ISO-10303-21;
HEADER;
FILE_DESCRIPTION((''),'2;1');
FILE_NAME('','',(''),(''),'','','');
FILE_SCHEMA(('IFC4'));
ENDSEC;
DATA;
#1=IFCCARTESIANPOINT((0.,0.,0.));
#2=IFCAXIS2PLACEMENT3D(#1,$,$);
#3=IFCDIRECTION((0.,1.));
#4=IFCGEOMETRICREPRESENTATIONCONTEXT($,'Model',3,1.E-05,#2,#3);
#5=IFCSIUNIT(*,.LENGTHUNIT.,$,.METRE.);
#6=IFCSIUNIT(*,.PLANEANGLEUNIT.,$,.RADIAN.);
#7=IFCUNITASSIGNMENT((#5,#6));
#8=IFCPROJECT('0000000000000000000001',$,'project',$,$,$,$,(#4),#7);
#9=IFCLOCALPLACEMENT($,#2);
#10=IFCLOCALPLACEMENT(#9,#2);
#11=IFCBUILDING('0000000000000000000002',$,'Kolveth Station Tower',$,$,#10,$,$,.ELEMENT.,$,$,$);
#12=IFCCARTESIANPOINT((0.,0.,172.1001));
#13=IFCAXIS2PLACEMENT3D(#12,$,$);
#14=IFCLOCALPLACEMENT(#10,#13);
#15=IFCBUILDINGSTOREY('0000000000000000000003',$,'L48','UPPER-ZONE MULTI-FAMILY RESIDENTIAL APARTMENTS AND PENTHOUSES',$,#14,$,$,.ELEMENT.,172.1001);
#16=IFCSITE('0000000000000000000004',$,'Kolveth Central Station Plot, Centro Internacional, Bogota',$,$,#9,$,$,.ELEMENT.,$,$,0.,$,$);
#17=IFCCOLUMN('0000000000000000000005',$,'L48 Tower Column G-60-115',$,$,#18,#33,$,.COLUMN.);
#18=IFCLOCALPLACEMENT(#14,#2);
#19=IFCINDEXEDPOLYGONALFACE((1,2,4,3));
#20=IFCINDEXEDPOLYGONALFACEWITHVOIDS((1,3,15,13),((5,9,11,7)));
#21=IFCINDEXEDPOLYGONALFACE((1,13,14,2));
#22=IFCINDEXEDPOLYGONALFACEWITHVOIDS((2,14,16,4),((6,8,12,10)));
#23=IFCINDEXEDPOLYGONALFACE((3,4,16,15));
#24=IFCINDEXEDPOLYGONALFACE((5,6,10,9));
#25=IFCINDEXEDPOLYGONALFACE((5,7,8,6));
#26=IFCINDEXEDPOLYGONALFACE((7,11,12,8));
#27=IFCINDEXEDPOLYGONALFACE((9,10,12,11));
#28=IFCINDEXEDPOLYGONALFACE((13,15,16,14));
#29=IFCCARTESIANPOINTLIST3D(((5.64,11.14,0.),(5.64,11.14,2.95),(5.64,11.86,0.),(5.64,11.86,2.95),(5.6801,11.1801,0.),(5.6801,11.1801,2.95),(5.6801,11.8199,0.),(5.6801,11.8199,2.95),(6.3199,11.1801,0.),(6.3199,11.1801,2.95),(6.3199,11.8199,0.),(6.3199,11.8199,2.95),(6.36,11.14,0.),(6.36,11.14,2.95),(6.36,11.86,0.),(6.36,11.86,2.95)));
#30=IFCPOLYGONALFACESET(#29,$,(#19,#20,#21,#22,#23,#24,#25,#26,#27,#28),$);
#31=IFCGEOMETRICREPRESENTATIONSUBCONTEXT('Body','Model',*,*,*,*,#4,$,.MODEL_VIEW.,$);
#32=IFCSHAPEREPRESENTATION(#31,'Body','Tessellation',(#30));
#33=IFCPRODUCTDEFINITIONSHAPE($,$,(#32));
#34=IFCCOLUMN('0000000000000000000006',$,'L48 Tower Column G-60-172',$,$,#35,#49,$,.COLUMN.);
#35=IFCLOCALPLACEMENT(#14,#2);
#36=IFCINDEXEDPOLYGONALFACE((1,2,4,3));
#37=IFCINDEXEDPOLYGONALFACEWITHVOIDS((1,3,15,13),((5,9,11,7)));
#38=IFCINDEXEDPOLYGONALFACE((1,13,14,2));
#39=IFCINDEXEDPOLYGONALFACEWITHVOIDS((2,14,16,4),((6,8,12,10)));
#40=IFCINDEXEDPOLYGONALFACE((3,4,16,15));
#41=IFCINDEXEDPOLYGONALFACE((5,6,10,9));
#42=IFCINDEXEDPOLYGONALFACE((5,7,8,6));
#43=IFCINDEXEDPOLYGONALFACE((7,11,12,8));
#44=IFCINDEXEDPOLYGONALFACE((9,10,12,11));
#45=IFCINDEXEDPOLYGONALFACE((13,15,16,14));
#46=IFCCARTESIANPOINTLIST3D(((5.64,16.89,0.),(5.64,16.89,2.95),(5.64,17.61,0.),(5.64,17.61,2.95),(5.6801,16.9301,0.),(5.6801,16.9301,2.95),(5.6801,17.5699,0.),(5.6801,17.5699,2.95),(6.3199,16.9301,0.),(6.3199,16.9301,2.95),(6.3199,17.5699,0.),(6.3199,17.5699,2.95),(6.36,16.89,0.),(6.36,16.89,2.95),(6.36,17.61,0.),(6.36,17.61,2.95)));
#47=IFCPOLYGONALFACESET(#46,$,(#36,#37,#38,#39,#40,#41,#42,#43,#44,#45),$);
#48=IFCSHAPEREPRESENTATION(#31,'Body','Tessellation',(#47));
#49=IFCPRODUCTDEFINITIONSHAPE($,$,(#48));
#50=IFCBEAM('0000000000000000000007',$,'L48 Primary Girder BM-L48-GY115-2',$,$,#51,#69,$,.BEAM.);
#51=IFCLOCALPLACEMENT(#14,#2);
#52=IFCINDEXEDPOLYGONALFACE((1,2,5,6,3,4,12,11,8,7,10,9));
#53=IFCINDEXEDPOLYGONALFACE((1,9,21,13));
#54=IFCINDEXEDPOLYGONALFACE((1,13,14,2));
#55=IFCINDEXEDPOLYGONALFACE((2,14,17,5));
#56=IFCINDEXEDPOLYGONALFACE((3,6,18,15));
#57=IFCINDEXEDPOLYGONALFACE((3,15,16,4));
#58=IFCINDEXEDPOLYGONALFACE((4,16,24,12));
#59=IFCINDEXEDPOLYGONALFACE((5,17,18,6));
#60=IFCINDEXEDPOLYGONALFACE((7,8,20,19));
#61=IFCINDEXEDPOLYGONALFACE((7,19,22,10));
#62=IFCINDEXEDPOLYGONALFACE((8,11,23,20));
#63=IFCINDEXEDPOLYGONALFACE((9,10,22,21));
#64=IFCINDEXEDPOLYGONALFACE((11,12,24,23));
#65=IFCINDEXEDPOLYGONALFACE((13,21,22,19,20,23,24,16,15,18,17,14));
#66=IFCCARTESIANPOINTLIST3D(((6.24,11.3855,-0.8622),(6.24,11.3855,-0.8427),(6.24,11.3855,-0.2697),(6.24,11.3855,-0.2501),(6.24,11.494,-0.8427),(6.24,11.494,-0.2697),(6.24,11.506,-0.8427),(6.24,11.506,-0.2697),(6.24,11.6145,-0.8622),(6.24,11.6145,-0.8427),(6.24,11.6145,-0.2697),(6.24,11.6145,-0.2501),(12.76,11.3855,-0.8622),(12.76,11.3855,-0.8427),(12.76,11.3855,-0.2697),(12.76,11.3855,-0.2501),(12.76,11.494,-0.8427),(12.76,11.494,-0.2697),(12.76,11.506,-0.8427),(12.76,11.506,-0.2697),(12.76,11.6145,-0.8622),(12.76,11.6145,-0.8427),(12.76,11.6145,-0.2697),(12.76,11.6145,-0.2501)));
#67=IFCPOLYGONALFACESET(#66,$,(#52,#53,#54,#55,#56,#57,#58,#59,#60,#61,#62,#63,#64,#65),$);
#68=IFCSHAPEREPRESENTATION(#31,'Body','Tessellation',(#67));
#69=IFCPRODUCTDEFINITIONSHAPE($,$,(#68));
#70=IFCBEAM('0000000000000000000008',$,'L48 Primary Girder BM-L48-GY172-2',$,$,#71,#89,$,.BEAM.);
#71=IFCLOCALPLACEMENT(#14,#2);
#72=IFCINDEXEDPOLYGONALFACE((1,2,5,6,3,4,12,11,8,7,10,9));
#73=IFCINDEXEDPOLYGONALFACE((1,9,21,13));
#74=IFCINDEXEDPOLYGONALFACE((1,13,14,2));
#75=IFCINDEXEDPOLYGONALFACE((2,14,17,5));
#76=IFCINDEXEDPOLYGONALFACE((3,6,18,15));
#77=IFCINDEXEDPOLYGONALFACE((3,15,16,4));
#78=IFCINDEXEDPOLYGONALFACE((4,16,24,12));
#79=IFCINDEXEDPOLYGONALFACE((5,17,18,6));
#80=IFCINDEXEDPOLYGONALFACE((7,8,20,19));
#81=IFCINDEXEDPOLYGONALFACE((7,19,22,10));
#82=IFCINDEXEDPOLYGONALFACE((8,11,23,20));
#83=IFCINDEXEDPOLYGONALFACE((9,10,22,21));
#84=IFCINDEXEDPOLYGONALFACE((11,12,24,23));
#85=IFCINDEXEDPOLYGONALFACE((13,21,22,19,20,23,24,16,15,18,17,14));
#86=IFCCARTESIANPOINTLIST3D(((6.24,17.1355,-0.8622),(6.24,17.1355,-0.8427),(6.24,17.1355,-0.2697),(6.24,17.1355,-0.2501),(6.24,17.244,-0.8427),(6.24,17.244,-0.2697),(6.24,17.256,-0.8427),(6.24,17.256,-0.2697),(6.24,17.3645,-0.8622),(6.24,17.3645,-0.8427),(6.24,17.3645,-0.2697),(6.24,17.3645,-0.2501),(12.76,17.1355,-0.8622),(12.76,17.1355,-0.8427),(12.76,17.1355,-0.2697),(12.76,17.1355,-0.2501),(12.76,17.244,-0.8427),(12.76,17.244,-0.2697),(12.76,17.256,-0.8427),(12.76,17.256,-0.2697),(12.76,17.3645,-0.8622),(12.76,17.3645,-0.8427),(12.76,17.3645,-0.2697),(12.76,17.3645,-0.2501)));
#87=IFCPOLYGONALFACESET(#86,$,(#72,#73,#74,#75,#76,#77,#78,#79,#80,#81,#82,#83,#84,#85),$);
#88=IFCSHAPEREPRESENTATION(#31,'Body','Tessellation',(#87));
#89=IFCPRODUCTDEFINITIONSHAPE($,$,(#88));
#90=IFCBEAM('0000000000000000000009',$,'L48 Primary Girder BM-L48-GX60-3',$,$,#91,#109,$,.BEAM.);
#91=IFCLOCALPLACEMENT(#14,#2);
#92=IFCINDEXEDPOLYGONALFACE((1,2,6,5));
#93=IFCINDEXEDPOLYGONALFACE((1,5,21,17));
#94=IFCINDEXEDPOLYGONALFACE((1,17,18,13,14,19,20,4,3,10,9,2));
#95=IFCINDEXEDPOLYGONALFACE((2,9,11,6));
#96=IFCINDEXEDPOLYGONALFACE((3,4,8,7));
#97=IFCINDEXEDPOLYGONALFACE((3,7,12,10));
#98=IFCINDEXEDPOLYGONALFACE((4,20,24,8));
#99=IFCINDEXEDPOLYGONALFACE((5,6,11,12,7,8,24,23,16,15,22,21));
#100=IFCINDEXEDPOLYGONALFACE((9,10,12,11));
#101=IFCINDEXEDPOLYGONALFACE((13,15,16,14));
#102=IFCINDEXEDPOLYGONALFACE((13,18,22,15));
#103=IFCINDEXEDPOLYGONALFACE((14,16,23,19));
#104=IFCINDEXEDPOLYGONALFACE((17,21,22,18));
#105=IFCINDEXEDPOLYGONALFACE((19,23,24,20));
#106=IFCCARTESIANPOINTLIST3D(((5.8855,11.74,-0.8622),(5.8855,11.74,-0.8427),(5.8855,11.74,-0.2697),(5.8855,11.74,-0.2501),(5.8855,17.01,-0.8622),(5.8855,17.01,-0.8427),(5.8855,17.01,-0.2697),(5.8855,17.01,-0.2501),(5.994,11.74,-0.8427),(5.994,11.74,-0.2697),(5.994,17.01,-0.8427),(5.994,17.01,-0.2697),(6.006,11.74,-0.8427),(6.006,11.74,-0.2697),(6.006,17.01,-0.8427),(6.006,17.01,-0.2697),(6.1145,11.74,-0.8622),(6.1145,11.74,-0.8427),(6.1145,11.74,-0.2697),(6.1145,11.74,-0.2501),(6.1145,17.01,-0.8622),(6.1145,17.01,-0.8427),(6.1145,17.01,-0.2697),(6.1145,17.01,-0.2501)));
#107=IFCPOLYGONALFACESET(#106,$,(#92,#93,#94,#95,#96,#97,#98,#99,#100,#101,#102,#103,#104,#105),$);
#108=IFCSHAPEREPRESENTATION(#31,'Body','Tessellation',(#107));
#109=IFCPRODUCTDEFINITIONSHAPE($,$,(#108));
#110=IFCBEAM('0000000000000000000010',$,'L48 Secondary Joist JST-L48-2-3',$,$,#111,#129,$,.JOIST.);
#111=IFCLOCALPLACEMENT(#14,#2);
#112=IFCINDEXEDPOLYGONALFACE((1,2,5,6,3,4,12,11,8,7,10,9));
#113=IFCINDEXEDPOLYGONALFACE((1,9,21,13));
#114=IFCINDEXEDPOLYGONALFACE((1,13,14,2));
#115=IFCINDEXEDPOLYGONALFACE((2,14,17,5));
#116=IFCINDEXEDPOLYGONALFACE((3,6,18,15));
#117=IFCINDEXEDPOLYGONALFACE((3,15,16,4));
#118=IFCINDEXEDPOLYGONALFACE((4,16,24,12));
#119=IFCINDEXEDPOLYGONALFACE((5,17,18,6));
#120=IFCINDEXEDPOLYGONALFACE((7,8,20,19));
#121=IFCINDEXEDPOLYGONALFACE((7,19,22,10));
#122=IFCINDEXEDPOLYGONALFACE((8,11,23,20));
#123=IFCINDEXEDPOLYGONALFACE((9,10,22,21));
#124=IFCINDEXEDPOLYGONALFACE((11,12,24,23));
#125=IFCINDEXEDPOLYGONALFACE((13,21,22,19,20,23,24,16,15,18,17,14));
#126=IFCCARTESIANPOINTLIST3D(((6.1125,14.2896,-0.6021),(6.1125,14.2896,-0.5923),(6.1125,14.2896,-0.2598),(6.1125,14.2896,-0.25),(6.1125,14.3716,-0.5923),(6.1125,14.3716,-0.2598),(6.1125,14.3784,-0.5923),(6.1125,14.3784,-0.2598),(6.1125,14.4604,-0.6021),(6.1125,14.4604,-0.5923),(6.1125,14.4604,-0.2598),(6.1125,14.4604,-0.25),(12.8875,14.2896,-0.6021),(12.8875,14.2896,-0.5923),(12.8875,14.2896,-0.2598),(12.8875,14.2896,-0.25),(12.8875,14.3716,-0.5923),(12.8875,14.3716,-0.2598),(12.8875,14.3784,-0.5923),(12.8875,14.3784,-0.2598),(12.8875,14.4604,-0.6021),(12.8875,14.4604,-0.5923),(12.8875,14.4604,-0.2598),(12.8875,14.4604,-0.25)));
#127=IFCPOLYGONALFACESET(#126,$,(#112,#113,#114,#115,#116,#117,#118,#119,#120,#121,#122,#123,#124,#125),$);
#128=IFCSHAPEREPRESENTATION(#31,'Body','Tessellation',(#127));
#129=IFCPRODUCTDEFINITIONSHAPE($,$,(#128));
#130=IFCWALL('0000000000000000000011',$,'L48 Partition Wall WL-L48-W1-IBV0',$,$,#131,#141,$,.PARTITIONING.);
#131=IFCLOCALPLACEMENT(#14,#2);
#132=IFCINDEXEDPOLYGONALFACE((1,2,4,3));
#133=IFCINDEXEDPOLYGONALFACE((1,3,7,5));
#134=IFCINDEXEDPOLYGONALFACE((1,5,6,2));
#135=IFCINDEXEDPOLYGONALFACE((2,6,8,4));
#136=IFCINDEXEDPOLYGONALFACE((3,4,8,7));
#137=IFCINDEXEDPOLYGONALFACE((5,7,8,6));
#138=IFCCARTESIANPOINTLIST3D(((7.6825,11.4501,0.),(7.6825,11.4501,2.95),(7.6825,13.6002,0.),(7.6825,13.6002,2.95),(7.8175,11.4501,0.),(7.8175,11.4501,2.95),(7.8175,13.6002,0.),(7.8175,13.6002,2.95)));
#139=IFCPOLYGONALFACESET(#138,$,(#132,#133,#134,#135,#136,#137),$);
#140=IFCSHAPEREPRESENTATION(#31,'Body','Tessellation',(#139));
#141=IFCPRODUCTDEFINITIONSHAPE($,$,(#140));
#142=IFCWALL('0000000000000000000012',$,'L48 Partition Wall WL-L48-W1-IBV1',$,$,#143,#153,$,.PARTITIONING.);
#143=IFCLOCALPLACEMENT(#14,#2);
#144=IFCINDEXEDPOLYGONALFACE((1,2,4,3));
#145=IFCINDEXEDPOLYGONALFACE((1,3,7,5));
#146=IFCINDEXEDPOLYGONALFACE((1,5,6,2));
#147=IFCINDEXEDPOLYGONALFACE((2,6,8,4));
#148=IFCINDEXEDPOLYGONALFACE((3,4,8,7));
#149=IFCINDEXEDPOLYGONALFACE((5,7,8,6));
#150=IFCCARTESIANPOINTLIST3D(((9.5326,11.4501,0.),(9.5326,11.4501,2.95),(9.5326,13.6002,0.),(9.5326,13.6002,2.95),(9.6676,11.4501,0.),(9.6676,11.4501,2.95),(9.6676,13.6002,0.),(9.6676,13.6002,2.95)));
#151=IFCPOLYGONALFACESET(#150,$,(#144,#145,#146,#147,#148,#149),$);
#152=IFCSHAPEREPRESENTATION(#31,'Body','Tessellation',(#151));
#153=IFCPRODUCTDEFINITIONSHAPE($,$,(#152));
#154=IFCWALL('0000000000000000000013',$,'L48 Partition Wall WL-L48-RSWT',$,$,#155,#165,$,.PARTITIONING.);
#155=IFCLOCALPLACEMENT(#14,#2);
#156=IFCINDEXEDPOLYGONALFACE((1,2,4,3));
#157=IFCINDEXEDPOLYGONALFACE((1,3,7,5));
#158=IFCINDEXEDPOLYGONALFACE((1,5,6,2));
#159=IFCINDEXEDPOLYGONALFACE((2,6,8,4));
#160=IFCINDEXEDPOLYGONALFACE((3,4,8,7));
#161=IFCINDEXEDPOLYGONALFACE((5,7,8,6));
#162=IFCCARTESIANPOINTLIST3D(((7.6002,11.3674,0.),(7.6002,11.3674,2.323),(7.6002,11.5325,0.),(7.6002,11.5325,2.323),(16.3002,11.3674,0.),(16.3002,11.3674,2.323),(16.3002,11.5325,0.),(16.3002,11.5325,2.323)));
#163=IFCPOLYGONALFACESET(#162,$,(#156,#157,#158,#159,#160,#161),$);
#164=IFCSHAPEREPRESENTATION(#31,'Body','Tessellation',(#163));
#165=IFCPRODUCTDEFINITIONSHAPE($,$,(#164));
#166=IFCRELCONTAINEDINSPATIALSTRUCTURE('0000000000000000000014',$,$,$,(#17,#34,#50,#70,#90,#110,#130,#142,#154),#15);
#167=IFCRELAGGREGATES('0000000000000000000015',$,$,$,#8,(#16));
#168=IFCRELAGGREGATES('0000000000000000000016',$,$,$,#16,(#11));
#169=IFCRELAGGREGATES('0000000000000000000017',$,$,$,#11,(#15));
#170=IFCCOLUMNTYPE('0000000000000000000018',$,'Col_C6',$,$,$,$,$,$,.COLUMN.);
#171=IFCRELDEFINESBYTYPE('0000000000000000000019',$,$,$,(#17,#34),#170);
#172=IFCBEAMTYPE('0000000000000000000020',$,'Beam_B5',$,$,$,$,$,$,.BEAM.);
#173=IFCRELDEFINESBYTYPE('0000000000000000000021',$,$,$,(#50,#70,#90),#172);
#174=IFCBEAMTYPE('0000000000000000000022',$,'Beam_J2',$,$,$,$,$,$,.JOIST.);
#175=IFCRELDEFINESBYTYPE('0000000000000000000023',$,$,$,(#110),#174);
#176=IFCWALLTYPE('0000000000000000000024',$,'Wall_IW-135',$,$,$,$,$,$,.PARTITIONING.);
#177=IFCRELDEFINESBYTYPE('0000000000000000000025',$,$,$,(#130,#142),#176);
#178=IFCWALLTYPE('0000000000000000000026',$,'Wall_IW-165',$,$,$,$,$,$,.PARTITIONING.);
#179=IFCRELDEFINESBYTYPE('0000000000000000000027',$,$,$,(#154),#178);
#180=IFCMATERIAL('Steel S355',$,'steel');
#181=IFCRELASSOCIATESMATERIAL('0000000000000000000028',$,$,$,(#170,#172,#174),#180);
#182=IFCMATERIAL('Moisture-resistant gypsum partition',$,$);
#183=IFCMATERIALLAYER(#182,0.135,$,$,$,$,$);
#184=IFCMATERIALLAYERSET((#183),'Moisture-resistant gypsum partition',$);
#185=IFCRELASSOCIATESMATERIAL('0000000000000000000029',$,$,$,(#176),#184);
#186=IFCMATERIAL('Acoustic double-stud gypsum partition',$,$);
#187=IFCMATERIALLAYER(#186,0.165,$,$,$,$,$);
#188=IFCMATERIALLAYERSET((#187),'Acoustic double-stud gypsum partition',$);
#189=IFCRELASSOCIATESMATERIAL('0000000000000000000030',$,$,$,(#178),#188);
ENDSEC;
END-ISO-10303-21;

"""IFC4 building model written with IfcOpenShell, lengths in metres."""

from ifc_helpers import new_model, si_unit, direction, frame, frame_2d, origin, origin_2d, place, context, subcontext, project, spatial, rectangle, hollow_rectangle, i_section, extrude, source, transform, mapped, material, layer, layer_set, material_profile, profile_set, type_object, element, save


model = new_model("IFC4")

# Units and contexts
model_context = context("Model", 3, precision=1e-05, world=origin(), true_north=direction((0.0, 1.0)))
body_context = subcontext(model_context, "Body", "Model", "MODEL_VIEW")
ifc_project = project(units=[si_unit("LENGTHUNIT", "METRE"), si_unit("PLANEANGLEUNIT", "RADIAN")], contexts=[model_context])

# Site, building, storey
site_placement = place(None, origin())
site = spatial("IfcSite", under=ifc_project, at=site_placement, Name="Kolveth Central Station Plot, Centro Internacional, Bogota", CompositionType="ELEMENT", RefElevation=0.0)
building_placement = place(site_placement, origin())
building = spatial("IfcBuilding", under=site, at=building_placement, Name="Kolveth Station Tower", CompositionType="ELEMENT")
storey_placement = place(building_placement, frame((0.0, 0.0, 172.1001)))
storey = spatial("IfcBuildingStorey", under=building, at=storey_placement, Name="L48", Description="UPPER-ZONE MULTI-FAMILY RESIDENTIAL APARTMENTS AND PENTHOUSES", CompositionType="ELEMENT", Elevation=172.1001)

# Columns
ifc_material_1 = material(Name="Steel S355", Category="steel")
ifc_material_profile_1 = material_profile(ifc_material_1, hollow_rectangle(XDim=0.72, YDim=0.72, WallThickness=0.04, at=origin_2d()), Name="BOX720x720x40")
ifc_profile_set_1 = profile_set([ifc_material_profile_1], Name="Steel S355")
column_type = type_object("IfcColumnType", Name="Col_C6", PredefinedType="COLUMN", material=ifc_profile_set_1)
shared_shape_1 = source(origin(), body_context, "Body", "SweptSolid", [
    extrude(hollow_rectangle(XDim=0.72, YDim=0.72, WallThickness=0.04, at=origin_2d()), origin(), (0.0, 0.0, 1.0), 2.95),
])
for number, where, z_axis, x_axis, name in (
    (1, (6.0, 11.5, 0.0), (0.0, 0.0, 1.0), (1.0, 0.0, 0.0), "L48 Tower Column G-60-115"),
    (2, (6.0, 17.25, 0.0), (0.0, 0.0, 1.0), (1.0, 0.0, 0.0), "L48 Tower Column G-60-172"),
):
    element("IfcColumn", number, at=place(storey_placement, frame(where, z_axis=z_axis, x_axis=x_axis)), inside=storey, type_object=column_type, Name=name, PredefinedType="COLUMN", context=body_context, shape_type="MappedRepresentation", body=[
        mapped(shared_shape_1, transform((0.0, 0.0, 0.0), x_axis=(1.0, 0.0, 0.0), y_axis=(0.0, 1.0, 0.0), z_axis=(0.0, 0.0, 1.0), scale=1.0)),
    ])

# Beams
ifc_material_profile_2 = material_profile(ifc_material_1, i_section(OverallWidth=0.229, OverallDepth=0.6121, WebThickness=0.012, FlangeThickness=0.0195, at=origin_2d()), Name="W610x125")
ifc_profile_set_2 = profile_set([ifc_material_profile_2], Name="Steel S355")
beam_type_1 = type_object("IfcBeamType", Name="Beam_B5", PredefinedType="BEAM", material=ifc_profile_set_2)
shared_shape_2 = source(origin(), body_context, "Body", "SweptSolid", [
    extrude(i_section(OverallWidth=0.229, OverallDepth=0.6121, WebThickness=0.012, FlangeThickness=0.0195, at=origin_2d()), origin(), (0.0, 0.0, 1.0), 6.52),
])
for number, where, z_axis, x_axis, name in (
    (3, (6.24, 11.5, -0.5562), (1.0, 0.0, 0.0), (0.0, 1.0, 0.0), "L48 Primary Girder BM-L48-GY115-2"),
    (4, (6.24, 17.25, -0.5562), (1.0, 0.0, 0.0), (0.0, 1.0, 0.0), "L48 Primary Girder BM-L48-GY172-2"),
):
    element("IfcBeam", number, at=place(storey_placement, frame(where, z_axis=z_axis, x_axis=x_axis)), inside=storey, type_object=beam_type_1, Name=name, PredefinedType="BEAM", context=body_context, shape_type="MappedRepresentation", body=[
        mapped(shared_shape_2, transform((0.0, 0.0, 0.0), x_axis=(1.0, 0.0, 0.0), y_axis=(0.0, 1.0, 0.0), z_axis=(0.0, 0.0, 1.0), scale=1.0)),
    ])
shared_shape_3 = source(origin(), body_context, "Body", "SweptSolid", [
    extrude(i_section(OverallWidth=0.229, OverallDepth=0.6121, WebThickness=0.012, FlangeThickness=0.0195, at=origin_2d()), origin(), (0.0, 0.0, 1.0), 5.27),
])
beam_1_placement = place(storey_placement, frame((6.0, 11.74, -0.5562), z_axis=(0.0, 1.0, 0.0), x_axis=(-1.0, 0.0, 0.0)))
element("IfcBeam", 5, at=beam_1_placement, inside=storey, type_object=beam_type_1, Name="L48 Primary Girder BM-L48-GX60-3", PredefinedType="BEAM", context=body_context, shape_type="MappedRepresentation", body=[
    mapped(shared_shape_3, transform((0.0, 0.0, 0.0), x_axis=(1.0, 0.0, 0.0), y_axis=(0.0, 1.0, 0.0), z_axis=(0.0, 0.0, 1.0), scale=1.0)),
])
ifc_material_profile_3 = material_profile(ifc_material_1, i_section(OverallWidth=0.1709, OverallDepth=0.3521, WebThickness=0.0068, FlangeThickness=0.0098, at=origin_2d()), Name="W360x44")
ifc_profile_set_3 = profile_set([ifc_material_profile_3], Name="Steel S355")
beam_type_2 = type_object("IfcBeamType", Name="Beam_J2", PredefinedType="JOIST", material=ifc_profile_set_3)
shared_shape_4 = source(origin(), body_context, "Body", "SweptSolid", [
    extrude(i_section(OverallWidth=0.1709, OverallDepth=0.3521, WebThickness=0.0068, FlangeThickness=0.0098, at=origin_2d()), origin(), (0.0, 0.0, 1.0), 6.7749),
])
beam_2_placement = place(storey_placement, frame((6.1125, 14.375, -0.426), z_axis=(1.0, 0.0, 0.0), x_axis=(0.0, 1.0, 0.0)))
element("IfcBeam", 6, at=beam_2_placement, inside=storey, type_object=beam_type_2, Name="L48 Secondary Joist JST-L48-2-3", PredefinedType="JOIST", context=body_context, shape_type="MappedRepresentation", body=[
    mapped(shared_shape_4, transform((0.0, 0.0, 0.0), x_axis=(1.0, 0.0, 0.0), y_axis=(0.0, 1.0, 0.0), z_axis=(0.0, 0.0, 1.0), scale=1.0)),
])

# Shared definitions
ifc_material_2 = material(Name="Moisture-resistant gypsum partition")
ifc_layer_1 = layer(ifc_material_2, 0.135)
ifc_layer_set_1 = layer_set([ifc_layer_1], Name="Moisture-resistant gypsum partition")
wall_type_1 = type_object("IfcWallType", Name="Wall_IW-135", PredefinedType="PARTITIONING", material=ifc_layer_set_1)

# Walls
for number, where, z_axis, x_axis, name in (
    (7, (7.75, 11.45, 0.0), (0.0, 0.0, 1.0), (0.0, 1.0, 0.0), "L48 Partition Wall WL-L48-W1-IBV0"),
    (8, (9.6001, 11.45, 0.0), (0.0, 0.0, 1.0), (0.0, 1.0, 0.0), "L48 Partition Wall WL-L48-W1-IBV1"),
):
    element("IfcWall", number, at=place(storey_placement, frame(where, z_axis=z_axis, x_axis=x_axis)), inside=storey, type_object=wall_type_1, Name=name, PredefinedType="PARTITIONING", context=body_context, shape_type="SweptSolid", body=[
        extrude(rectangle(XDim=2.1501, YDim=0.135, at=frame_2d((1.0752, 0.0))), origin(), (0.0, 0.0, 1.0), 2.95),
    ])
ifc_material_3 = material(Name="Acoustic double-stud gypsum partition")
ifc_layer_2 = layer(ifc_material_3, 0.165)
ifc_layer_set_2 = layer_set([ifc_layer_2], Name="Acoustic double-stud gypsum partition")
wall_type_2 = type_object("IfcWallType", Name="Wall_IW-165", PredefinedType="PARTITIONING", material=ifc_layer_set_2)
wall_1_placement = place(storey_placement, frame((7.6001, 11.45, 0.0), z_axis=(0.0, 0.0, 1.0), x_axis=(1.0, 0.0, 0.0)))
element("IfcWall", 9, at=wall_1_placement, inside=storey, type_object=wall_type_2, Name="L48 Partition Wall WL-L48-RSWT", PredefinedType="PARTITIONING", context=body_context, shape_type="SweptSolid", body=[
    extrude(rectangle(XDim=8.7, YDim=0.165, at=frame_2d((4.3501, 0.0))), origin(), (0.0, 0.0, 1.0), 2.323),
])

save(model, "model.ifc")
